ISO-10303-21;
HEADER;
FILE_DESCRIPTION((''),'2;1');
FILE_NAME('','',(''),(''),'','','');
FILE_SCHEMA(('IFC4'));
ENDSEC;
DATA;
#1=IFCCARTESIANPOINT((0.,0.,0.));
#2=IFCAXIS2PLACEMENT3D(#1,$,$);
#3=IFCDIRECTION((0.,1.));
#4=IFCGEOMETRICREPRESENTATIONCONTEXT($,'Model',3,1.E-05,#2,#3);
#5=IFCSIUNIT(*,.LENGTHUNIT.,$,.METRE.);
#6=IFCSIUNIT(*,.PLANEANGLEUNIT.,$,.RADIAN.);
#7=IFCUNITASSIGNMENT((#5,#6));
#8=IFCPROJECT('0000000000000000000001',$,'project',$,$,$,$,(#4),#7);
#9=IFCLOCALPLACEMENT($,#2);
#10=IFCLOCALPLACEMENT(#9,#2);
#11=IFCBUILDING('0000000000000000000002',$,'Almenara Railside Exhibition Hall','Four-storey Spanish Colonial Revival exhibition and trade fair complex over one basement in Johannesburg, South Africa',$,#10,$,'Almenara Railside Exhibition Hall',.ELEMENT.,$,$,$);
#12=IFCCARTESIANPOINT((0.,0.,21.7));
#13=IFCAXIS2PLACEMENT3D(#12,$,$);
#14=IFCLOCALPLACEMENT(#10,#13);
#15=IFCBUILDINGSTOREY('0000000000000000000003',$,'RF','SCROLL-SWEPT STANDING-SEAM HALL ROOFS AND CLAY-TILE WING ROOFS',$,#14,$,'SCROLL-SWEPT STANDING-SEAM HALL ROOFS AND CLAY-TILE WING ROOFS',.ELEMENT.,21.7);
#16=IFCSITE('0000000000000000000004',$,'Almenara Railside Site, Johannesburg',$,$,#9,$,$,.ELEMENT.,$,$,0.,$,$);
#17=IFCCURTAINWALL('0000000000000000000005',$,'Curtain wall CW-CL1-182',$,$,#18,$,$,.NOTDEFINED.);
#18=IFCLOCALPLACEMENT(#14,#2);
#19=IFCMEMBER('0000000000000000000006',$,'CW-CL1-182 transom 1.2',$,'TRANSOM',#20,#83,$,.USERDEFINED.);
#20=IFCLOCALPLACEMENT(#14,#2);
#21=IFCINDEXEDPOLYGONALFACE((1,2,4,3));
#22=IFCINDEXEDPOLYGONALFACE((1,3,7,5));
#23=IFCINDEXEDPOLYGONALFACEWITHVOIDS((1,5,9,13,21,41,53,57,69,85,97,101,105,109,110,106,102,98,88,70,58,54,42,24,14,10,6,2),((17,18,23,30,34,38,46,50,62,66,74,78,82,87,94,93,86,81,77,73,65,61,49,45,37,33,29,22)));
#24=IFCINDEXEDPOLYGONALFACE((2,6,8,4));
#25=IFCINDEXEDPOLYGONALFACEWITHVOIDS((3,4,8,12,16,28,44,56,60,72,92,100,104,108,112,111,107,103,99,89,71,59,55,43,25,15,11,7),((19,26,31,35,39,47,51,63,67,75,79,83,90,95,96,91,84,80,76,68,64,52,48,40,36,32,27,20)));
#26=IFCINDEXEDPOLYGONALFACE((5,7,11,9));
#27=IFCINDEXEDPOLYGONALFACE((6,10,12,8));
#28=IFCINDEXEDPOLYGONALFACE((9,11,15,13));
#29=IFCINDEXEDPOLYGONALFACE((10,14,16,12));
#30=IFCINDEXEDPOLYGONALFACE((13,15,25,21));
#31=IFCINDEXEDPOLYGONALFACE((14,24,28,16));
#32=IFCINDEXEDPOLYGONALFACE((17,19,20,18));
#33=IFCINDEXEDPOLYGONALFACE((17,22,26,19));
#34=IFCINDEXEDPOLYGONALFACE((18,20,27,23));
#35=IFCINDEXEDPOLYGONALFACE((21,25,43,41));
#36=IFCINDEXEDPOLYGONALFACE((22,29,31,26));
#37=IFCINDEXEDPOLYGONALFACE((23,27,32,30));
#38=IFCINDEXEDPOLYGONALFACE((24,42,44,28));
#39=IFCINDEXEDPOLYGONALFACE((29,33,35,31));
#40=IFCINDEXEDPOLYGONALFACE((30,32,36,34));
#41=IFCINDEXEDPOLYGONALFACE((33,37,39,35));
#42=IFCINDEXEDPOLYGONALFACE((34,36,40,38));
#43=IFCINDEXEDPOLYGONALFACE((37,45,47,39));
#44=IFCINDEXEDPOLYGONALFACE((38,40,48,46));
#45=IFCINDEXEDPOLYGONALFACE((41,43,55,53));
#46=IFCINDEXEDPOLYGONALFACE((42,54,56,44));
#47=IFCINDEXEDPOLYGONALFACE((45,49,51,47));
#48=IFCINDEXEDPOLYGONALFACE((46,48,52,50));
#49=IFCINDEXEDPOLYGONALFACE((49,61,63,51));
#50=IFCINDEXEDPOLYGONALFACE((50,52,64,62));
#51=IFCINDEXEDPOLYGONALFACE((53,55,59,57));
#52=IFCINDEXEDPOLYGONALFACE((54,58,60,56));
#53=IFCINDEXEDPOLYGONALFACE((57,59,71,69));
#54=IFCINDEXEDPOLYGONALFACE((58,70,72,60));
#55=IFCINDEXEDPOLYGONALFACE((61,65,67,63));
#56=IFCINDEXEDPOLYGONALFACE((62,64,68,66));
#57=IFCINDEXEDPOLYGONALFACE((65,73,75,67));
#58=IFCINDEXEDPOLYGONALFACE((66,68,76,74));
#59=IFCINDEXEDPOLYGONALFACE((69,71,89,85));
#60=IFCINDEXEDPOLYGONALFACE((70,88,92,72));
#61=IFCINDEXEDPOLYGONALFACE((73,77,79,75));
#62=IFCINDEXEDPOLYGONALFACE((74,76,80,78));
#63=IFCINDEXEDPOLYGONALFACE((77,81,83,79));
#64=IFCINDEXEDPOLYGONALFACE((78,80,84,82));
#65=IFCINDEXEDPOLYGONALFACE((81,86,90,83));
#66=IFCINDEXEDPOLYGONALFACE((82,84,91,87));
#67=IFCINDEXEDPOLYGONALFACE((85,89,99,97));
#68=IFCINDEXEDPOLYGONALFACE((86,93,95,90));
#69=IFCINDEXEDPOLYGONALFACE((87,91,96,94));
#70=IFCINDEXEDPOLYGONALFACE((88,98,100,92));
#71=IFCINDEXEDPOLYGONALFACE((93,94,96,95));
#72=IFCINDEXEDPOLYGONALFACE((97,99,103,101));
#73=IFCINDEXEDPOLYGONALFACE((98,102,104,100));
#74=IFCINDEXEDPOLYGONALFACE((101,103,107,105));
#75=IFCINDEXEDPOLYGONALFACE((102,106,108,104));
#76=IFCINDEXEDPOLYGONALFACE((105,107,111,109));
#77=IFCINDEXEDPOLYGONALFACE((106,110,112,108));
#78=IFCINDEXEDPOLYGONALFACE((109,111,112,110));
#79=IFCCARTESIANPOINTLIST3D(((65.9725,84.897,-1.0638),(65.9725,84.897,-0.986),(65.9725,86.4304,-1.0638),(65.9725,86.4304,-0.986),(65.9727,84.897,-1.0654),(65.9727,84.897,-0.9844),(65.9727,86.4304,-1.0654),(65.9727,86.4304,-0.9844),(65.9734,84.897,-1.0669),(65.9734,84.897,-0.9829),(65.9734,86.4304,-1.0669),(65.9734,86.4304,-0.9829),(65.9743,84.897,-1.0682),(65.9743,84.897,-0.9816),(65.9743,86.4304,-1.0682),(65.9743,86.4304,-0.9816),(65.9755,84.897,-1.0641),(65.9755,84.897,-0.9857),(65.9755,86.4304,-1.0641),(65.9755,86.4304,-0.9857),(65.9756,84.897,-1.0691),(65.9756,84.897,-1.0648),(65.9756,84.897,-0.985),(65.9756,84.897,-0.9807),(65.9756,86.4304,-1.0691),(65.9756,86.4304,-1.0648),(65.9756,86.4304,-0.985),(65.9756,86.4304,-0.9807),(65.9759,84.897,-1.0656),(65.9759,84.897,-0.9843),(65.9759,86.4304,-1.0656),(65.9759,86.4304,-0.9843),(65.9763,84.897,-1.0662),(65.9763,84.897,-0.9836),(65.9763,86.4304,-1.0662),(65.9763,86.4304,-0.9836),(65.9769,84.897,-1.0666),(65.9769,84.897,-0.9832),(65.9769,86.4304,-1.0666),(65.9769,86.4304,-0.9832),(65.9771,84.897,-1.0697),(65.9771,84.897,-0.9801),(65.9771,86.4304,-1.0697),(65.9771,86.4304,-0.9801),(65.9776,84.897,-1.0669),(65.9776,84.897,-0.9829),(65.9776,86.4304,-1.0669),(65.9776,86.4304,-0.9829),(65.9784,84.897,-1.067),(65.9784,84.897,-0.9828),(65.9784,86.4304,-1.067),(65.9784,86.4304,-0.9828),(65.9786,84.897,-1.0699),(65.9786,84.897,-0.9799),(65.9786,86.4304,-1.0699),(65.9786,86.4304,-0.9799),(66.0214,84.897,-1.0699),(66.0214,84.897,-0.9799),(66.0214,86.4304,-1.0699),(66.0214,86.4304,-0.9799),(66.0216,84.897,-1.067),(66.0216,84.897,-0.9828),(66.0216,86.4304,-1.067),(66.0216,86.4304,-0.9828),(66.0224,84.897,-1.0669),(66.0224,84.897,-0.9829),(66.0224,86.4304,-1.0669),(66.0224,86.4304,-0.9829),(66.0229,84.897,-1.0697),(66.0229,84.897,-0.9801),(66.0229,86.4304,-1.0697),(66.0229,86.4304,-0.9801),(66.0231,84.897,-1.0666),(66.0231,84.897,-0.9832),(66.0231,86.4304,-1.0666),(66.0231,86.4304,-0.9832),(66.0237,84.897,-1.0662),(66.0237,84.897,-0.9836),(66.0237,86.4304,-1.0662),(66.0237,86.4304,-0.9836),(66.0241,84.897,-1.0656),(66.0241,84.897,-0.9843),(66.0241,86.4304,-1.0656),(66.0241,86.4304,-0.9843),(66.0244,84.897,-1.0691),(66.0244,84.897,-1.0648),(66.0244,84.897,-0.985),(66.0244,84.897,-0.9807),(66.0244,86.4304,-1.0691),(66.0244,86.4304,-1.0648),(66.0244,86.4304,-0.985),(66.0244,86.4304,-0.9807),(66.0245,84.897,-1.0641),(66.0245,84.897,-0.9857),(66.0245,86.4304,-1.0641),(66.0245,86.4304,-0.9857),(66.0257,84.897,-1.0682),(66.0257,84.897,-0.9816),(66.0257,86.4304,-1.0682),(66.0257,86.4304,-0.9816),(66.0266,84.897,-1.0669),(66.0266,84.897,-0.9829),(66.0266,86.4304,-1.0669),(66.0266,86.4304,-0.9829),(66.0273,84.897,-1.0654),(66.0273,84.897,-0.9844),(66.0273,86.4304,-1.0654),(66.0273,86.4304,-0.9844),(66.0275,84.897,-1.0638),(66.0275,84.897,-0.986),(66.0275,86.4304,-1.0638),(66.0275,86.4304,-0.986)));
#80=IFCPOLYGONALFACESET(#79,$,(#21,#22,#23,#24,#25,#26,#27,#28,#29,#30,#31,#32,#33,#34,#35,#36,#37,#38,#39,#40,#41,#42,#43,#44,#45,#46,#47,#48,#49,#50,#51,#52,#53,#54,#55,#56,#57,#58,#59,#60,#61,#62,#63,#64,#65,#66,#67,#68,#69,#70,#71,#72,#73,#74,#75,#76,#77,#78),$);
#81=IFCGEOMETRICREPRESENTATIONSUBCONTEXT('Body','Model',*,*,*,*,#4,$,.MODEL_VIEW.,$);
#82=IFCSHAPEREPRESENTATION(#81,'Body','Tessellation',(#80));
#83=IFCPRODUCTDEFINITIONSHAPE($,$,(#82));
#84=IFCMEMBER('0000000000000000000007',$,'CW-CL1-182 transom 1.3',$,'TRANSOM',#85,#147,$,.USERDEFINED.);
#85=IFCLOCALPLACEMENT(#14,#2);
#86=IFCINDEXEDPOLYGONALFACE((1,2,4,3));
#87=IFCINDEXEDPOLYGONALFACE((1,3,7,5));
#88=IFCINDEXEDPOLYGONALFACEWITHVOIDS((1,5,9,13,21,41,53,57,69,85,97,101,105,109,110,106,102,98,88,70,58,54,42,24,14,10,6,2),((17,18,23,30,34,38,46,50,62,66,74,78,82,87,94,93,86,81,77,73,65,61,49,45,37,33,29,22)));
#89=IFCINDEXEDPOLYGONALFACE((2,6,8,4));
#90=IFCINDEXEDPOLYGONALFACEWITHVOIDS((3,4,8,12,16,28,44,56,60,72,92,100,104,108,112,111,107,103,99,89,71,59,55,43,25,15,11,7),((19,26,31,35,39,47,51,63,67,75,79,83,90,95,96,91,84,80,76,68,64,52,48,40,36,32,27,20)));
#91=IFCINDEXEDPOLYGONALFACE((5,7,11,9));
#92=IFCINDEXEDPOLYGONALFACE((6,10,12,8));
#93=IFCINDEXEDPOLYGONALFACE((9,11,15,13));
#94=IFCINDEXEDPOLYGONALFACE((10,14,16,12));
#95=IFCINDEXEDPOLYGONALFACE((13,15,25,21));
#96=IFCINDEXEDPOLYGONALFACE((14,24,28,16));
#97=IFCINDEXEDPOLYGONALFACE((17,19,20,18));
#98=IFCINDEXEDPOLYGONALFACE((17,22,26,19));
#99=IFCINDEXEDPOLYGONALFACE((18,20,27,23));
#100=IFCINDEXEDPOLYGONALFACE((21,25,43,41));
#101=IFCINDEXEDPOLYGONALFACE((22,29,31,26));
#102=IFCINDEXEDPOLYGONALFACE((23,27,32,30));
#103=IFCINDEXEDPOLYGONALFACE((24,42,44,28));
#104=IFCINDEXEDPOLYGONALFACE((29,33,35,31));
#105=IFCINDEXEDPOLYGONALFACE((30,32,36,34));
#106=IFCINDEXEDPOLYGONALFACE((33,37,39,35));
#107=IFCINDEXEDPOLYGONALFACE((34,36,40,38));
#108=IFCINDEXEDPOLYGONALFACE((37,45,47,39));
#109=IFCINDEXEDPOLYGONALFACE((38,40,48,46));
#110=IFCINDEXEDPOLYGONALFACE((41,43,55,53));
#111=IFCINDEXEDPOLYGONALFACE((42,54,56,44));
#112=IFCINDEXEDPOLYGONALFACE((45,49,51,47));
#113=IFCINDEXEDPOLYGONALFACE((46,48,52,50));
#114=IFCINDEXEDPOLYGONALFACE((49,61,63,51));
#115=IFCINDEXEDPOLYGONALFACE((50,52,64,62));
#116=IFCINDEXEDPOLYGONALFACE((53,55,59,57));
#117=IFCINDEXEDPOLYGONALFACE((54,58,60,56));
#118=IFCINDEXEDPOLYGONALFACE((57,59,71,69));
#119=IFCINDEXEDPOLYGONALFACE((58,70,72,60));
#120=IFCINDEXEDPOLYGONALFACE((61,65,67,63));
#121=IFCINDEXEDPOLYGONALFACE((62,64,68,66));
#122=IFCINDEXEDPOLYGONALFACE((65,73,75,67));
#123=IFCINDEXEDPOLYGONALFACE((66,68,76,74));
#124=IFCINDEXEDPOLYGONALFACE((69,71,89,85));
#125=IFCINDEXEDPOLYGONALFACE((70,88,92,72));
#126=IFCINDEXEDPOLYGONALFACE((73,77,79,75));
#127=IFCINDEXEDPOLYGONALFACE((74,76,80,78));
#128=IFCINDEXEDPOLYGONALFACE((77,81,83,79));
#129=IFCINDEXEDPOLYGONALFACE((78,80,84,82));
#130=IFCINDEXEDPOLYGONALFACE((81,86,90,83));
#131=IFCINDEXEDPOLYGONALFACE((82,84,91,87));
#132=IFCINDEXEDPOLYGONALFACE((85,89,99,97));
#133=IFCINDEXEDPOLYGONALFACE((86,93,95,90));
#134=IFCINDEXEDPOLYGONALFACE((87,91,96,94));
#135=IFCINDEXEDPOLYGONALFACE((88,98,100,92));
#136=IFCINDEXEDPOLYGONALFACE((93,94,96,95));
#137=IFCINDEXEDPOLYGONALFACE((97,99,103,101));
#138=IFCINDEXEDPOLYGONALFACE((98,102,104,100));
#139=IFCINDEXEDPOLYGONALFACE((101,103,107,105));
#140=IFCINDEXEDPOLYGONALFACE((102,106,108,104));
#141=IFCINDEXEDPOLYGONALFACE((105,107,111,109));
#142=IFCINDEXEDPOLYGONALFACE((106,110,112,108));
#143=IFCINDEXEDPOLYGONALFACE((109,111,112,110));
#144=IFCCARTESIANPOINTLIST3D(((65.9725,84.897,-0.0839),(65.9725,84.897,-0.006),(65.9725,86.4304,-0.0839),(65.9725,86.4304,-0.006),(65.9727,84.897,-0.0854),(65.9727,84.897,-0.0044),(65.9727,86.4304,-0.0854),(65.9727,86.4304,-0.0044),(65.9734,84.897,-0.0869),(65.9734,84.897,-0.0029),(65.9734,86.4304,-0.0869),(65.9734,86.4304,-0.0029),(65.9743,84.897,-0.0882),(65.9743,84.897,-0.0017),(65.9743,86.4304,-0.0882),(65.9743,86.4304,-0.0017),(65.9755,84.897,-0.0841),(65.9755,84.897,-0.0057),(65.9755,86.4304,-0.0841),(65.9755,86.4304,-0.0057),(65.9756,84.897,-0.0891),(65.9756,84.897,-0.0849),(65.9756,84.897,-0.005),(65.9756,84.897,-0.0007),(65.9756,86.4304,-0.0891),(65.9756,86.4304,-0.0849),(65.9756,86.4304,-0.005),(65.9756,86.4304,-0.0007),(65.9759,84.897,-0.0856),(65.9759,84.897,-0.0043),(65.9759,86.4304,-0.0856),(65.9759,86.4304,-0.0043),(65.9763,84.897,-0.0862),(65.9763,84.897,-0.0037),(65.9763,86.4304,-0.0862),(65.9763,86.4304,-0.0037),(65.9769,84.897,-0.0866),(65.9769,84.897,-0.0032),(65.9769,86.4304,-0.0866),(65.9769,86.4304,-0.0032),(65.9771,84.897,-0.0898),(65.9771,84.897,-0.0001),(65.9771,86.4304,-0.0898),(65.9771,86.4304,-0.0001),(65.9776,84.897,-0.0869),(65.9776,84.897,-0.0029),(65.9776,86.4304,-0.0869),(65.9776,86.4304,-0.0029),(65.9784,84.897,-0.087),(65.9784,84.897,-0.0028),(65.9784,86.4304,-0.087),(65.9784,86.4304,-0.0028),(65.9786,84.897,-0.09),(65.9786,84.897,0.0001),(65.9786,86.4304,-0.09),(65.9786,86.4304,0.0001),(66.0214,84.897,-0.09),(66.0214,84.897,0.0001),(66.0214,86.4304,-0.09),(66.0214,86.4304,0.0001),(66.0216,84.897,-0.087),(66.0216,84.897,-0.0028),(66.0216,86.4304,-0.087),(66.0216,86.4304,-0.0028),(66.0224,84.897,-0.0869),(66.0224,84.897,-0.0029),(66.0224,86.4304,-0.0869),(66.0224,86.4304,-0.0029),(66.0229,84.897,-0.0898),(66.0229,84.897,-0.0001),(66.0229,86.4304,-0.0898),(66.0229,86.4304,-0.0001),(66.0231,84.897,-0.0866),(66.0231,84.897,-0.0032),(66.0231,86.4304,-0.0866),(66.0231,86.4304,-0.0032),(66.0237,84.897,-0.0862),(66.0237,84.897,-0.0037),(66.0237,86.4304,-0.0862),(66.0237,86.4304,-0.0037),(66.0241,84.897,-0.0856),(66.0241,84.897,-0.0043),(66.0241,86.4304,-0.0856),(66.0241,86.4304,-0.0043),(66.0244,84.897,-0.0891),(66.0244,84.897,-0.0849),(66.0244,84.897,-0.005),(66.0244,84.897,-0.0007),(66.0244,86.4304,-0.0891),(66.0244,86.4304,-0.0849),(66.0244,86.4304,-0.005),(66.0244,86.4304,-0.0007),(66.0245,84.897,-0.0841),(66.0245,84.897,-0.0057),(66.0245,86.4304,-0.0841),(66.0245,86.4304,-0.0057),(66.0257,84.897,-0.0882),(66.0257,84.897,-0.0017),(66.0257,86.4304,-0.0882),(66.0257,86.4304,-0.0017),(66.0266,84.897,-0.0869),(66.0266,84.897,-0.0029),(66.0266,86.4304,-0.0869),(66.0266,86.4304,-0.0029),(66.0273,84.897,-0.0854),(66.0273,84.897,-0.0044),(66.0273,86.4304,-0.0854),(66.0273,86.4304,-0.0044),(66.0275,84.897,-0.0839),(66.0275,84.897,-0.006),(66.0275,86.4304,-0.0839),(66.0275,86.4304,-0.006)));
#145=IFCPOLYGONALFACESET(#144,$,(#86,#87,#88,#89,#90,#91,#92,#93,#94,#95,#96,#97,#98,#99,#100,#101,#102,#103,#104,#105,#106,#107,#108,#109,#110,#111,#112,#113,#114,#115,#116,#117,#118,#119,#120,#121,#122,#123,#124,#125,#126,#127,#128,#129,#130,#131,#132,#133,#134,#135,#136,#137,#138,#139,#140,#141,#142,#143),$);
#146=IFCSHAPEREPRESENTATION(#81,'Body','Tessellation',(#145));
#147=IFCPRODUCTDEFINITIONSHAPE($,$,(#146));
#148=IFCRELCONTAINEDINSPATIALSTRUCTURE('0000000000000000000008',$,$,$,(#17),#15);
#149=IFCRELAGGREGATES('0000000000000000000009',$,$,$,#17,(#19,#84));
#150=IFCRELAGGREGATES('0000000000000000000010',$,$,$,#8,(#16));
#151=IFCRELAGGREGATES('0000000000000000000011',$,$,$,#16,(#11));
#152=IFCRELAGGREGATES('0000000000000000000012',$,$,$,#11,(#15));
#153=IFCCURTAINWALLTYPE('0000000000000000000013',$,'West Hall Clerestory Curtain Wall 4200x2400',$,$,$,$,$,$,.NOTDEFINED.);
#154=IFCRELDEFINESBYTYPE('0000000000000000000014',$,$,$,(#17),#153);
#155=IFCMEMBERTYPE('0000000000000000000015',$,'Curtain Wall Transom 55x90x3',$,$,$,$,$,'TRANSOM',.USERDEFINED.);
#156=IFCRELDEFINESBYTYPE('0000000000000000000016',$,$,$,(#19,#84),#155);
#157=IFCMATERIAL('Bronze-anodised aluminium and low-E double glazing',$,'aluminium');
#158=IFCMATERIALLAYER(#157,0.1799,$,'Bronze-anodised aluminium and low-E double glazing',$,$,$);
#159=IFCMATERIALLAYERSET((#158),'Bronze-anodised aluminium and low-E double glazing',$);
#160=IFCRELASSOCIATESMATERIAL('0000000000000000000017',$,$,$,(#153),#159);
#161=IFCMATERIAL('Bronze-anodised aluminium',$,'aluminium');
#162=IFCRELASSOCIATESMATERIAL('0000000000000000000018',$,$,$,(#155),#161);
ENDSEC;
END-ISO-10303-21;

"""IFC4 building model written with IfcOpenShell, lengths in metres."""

from ifc_helpers import new_model, si_unit, direction, frame, origin, origin_2d, place, context, subcontext, project, spatial, hollow_rectangle, extrude, material, layer, layer_set, material_profile, profile_set, type_object, element, aggregate, save


model = new_model("IFC4")

# Units and contexts
model_context = context("Model", 3, precision=1e-05, world=origin(), true_north=direction((0.0, 1.0)))
body_context = subcontext(model_context, "Body", "Model", "MODEL_VIEW")
ifc_project = project(units=[si_unit("LENGTHUNIT", "METRE"), si_unit("PLANEANGLEUNIT", "RADIAN")], contexts=[model_context])

# Site, building, storey
site_placement = place(None, origin())
site = spatial("IfcSite", under=ifc_project, at=site_placement, Name="Almenara Railside Site, Johannesburg", CompositionType="ELEMENT", RefElevation=0.0)
building_placement = place(site_placement, origin())
building = spatial("IfcBuilding", under=site, at=building_placement, Name="Almenara Railside Exhibition Hall", Description="Four-storey Spanish Colonial Revival exhibition and trade fair complex over one basement in Johannesburg, South Africa", LongName="Almenara Railside Exhibition Hall", CompositionType="ELEMENT")
storey_placement = place(building_placement, frame((0.0, 0.0, 21.7)))
storey = spatial("IfcBuildingStorey", under=building, at=storey_placement, Name="RF", Description="SCROLL-SWEPT STANDING-SEAM HALL ROOFS AND CLAY-TILE WING ROOFS", LongName="SCROLL-SWEPT STANDING-SEAM HALL ROOFS AND CLAY-TILE WING ROOFS", CompositionType="ELEMENT", Elevation=21.7)

# Curtain wall
ifc_material_1 = material(Name="Bronze-anodised aluminium and low-E double glazing", Category="aluminium")
ifc_layer_1 = layer(ifc_material_1, 0.1799, Name="Bronze-anodised aluminium and low-E double glazing")
ifc_layer_set_1 = layer_set([ifc_layer_1], Name="Bronze-anodised aluminium and low-E double glazing")
curtain_wall_type = type_object("IfcCurtainWallType", Name="West Hall Clerestory Curtain Wall 4200x2400", PredefinedType="NOTDEFINED", material=ifc_layer_set_1)
curtain_wall_1_placement = place(storey_placement, origin())
curtain_wall_1 = element("IfcCurtainWall", 1, at=curtain_wall_1_placement, inside=storey, type_object=curtain_wall_type, Name="Curtain wall CW-CL1-182", PredefinedType="NOTDEFINED")
ifc_material_2 = material(Name="Bronze-anodised aluminium", Category="aluminium")

# Members
ifc_material_profile_1 = material_profile(ifc_material_2, hollow_rectangle(XDim=0.0549, YDim=0.0901, WallThickness=0.0029, InnerFilletRadius=0.0029, OuterFilletRadius=0.0061, at=origin_2d()), Name="ALU-TRN 55x90x3")
ifc_profile_set_1 = profile_set([ifc_material_profile_1], Name="Bronze-anodised aluminium")
member_type_1 = type_object("IfcMemberType", Name="Curtain Wall Transom 55x90x3", ElementType="TRANSOM", PredefinedType="USERDEFINED", material=ifc_profile_set_1)
member_1_placement = place(storey_placement, frame((66.0, 84.897, -1.0249), z_axis=(0.0, 1.0, 0.0), x_axis=(-1.0, 0.0, 0.0)))
member_1 = element("IfcMember", 2, at=member_1_placement, type_object=member_type_1, Name="CW-CL1-182 transom 1.2", ObjectType="TRANSOM", PredefinedType="USERDEFINED", context=body_context, shape_type="SweptSolid", body=[
    extrude(hollow_rectangle(XDim=0.0549, YDim=0.0901, WallThickness=0.0029, InnerFilletRadius=0.0029, OuterFilletRadius=0.0061, at=origin_2d()), origin(), (0.0, 0.0, 1.0), 1.5334),
])
member_2_placement = place(storey_placement, frame((66.0, 84.897, -0.0449), z_axis=(0.0, 1.0, 0.0), x_axis=(-1.0, 0.0, 0.0)))
member_2 = element("IfcMember", 3, at=member_2_placement, type_object=member_type_1, Name="CW-CL1-182 transom 1.3", ObjectType="TRANSOM", PredefinedType="USERDEFINED", context=body_context, shape_type="SweptSolid", body=[
    extrude(hollow_rectangle(XDim=0.0549, YDim=0.0901, WallThickness=0.0029, InnerFilletRadius=0.0029, OuterFilletRadius=0.0061, at=origin_2d()), origin(), (0.0, 0.0, 1.0), 1.5334),
])

aggregate(curtain_wall_1, [member_1, member_2])

save(model, "model.ifc")
